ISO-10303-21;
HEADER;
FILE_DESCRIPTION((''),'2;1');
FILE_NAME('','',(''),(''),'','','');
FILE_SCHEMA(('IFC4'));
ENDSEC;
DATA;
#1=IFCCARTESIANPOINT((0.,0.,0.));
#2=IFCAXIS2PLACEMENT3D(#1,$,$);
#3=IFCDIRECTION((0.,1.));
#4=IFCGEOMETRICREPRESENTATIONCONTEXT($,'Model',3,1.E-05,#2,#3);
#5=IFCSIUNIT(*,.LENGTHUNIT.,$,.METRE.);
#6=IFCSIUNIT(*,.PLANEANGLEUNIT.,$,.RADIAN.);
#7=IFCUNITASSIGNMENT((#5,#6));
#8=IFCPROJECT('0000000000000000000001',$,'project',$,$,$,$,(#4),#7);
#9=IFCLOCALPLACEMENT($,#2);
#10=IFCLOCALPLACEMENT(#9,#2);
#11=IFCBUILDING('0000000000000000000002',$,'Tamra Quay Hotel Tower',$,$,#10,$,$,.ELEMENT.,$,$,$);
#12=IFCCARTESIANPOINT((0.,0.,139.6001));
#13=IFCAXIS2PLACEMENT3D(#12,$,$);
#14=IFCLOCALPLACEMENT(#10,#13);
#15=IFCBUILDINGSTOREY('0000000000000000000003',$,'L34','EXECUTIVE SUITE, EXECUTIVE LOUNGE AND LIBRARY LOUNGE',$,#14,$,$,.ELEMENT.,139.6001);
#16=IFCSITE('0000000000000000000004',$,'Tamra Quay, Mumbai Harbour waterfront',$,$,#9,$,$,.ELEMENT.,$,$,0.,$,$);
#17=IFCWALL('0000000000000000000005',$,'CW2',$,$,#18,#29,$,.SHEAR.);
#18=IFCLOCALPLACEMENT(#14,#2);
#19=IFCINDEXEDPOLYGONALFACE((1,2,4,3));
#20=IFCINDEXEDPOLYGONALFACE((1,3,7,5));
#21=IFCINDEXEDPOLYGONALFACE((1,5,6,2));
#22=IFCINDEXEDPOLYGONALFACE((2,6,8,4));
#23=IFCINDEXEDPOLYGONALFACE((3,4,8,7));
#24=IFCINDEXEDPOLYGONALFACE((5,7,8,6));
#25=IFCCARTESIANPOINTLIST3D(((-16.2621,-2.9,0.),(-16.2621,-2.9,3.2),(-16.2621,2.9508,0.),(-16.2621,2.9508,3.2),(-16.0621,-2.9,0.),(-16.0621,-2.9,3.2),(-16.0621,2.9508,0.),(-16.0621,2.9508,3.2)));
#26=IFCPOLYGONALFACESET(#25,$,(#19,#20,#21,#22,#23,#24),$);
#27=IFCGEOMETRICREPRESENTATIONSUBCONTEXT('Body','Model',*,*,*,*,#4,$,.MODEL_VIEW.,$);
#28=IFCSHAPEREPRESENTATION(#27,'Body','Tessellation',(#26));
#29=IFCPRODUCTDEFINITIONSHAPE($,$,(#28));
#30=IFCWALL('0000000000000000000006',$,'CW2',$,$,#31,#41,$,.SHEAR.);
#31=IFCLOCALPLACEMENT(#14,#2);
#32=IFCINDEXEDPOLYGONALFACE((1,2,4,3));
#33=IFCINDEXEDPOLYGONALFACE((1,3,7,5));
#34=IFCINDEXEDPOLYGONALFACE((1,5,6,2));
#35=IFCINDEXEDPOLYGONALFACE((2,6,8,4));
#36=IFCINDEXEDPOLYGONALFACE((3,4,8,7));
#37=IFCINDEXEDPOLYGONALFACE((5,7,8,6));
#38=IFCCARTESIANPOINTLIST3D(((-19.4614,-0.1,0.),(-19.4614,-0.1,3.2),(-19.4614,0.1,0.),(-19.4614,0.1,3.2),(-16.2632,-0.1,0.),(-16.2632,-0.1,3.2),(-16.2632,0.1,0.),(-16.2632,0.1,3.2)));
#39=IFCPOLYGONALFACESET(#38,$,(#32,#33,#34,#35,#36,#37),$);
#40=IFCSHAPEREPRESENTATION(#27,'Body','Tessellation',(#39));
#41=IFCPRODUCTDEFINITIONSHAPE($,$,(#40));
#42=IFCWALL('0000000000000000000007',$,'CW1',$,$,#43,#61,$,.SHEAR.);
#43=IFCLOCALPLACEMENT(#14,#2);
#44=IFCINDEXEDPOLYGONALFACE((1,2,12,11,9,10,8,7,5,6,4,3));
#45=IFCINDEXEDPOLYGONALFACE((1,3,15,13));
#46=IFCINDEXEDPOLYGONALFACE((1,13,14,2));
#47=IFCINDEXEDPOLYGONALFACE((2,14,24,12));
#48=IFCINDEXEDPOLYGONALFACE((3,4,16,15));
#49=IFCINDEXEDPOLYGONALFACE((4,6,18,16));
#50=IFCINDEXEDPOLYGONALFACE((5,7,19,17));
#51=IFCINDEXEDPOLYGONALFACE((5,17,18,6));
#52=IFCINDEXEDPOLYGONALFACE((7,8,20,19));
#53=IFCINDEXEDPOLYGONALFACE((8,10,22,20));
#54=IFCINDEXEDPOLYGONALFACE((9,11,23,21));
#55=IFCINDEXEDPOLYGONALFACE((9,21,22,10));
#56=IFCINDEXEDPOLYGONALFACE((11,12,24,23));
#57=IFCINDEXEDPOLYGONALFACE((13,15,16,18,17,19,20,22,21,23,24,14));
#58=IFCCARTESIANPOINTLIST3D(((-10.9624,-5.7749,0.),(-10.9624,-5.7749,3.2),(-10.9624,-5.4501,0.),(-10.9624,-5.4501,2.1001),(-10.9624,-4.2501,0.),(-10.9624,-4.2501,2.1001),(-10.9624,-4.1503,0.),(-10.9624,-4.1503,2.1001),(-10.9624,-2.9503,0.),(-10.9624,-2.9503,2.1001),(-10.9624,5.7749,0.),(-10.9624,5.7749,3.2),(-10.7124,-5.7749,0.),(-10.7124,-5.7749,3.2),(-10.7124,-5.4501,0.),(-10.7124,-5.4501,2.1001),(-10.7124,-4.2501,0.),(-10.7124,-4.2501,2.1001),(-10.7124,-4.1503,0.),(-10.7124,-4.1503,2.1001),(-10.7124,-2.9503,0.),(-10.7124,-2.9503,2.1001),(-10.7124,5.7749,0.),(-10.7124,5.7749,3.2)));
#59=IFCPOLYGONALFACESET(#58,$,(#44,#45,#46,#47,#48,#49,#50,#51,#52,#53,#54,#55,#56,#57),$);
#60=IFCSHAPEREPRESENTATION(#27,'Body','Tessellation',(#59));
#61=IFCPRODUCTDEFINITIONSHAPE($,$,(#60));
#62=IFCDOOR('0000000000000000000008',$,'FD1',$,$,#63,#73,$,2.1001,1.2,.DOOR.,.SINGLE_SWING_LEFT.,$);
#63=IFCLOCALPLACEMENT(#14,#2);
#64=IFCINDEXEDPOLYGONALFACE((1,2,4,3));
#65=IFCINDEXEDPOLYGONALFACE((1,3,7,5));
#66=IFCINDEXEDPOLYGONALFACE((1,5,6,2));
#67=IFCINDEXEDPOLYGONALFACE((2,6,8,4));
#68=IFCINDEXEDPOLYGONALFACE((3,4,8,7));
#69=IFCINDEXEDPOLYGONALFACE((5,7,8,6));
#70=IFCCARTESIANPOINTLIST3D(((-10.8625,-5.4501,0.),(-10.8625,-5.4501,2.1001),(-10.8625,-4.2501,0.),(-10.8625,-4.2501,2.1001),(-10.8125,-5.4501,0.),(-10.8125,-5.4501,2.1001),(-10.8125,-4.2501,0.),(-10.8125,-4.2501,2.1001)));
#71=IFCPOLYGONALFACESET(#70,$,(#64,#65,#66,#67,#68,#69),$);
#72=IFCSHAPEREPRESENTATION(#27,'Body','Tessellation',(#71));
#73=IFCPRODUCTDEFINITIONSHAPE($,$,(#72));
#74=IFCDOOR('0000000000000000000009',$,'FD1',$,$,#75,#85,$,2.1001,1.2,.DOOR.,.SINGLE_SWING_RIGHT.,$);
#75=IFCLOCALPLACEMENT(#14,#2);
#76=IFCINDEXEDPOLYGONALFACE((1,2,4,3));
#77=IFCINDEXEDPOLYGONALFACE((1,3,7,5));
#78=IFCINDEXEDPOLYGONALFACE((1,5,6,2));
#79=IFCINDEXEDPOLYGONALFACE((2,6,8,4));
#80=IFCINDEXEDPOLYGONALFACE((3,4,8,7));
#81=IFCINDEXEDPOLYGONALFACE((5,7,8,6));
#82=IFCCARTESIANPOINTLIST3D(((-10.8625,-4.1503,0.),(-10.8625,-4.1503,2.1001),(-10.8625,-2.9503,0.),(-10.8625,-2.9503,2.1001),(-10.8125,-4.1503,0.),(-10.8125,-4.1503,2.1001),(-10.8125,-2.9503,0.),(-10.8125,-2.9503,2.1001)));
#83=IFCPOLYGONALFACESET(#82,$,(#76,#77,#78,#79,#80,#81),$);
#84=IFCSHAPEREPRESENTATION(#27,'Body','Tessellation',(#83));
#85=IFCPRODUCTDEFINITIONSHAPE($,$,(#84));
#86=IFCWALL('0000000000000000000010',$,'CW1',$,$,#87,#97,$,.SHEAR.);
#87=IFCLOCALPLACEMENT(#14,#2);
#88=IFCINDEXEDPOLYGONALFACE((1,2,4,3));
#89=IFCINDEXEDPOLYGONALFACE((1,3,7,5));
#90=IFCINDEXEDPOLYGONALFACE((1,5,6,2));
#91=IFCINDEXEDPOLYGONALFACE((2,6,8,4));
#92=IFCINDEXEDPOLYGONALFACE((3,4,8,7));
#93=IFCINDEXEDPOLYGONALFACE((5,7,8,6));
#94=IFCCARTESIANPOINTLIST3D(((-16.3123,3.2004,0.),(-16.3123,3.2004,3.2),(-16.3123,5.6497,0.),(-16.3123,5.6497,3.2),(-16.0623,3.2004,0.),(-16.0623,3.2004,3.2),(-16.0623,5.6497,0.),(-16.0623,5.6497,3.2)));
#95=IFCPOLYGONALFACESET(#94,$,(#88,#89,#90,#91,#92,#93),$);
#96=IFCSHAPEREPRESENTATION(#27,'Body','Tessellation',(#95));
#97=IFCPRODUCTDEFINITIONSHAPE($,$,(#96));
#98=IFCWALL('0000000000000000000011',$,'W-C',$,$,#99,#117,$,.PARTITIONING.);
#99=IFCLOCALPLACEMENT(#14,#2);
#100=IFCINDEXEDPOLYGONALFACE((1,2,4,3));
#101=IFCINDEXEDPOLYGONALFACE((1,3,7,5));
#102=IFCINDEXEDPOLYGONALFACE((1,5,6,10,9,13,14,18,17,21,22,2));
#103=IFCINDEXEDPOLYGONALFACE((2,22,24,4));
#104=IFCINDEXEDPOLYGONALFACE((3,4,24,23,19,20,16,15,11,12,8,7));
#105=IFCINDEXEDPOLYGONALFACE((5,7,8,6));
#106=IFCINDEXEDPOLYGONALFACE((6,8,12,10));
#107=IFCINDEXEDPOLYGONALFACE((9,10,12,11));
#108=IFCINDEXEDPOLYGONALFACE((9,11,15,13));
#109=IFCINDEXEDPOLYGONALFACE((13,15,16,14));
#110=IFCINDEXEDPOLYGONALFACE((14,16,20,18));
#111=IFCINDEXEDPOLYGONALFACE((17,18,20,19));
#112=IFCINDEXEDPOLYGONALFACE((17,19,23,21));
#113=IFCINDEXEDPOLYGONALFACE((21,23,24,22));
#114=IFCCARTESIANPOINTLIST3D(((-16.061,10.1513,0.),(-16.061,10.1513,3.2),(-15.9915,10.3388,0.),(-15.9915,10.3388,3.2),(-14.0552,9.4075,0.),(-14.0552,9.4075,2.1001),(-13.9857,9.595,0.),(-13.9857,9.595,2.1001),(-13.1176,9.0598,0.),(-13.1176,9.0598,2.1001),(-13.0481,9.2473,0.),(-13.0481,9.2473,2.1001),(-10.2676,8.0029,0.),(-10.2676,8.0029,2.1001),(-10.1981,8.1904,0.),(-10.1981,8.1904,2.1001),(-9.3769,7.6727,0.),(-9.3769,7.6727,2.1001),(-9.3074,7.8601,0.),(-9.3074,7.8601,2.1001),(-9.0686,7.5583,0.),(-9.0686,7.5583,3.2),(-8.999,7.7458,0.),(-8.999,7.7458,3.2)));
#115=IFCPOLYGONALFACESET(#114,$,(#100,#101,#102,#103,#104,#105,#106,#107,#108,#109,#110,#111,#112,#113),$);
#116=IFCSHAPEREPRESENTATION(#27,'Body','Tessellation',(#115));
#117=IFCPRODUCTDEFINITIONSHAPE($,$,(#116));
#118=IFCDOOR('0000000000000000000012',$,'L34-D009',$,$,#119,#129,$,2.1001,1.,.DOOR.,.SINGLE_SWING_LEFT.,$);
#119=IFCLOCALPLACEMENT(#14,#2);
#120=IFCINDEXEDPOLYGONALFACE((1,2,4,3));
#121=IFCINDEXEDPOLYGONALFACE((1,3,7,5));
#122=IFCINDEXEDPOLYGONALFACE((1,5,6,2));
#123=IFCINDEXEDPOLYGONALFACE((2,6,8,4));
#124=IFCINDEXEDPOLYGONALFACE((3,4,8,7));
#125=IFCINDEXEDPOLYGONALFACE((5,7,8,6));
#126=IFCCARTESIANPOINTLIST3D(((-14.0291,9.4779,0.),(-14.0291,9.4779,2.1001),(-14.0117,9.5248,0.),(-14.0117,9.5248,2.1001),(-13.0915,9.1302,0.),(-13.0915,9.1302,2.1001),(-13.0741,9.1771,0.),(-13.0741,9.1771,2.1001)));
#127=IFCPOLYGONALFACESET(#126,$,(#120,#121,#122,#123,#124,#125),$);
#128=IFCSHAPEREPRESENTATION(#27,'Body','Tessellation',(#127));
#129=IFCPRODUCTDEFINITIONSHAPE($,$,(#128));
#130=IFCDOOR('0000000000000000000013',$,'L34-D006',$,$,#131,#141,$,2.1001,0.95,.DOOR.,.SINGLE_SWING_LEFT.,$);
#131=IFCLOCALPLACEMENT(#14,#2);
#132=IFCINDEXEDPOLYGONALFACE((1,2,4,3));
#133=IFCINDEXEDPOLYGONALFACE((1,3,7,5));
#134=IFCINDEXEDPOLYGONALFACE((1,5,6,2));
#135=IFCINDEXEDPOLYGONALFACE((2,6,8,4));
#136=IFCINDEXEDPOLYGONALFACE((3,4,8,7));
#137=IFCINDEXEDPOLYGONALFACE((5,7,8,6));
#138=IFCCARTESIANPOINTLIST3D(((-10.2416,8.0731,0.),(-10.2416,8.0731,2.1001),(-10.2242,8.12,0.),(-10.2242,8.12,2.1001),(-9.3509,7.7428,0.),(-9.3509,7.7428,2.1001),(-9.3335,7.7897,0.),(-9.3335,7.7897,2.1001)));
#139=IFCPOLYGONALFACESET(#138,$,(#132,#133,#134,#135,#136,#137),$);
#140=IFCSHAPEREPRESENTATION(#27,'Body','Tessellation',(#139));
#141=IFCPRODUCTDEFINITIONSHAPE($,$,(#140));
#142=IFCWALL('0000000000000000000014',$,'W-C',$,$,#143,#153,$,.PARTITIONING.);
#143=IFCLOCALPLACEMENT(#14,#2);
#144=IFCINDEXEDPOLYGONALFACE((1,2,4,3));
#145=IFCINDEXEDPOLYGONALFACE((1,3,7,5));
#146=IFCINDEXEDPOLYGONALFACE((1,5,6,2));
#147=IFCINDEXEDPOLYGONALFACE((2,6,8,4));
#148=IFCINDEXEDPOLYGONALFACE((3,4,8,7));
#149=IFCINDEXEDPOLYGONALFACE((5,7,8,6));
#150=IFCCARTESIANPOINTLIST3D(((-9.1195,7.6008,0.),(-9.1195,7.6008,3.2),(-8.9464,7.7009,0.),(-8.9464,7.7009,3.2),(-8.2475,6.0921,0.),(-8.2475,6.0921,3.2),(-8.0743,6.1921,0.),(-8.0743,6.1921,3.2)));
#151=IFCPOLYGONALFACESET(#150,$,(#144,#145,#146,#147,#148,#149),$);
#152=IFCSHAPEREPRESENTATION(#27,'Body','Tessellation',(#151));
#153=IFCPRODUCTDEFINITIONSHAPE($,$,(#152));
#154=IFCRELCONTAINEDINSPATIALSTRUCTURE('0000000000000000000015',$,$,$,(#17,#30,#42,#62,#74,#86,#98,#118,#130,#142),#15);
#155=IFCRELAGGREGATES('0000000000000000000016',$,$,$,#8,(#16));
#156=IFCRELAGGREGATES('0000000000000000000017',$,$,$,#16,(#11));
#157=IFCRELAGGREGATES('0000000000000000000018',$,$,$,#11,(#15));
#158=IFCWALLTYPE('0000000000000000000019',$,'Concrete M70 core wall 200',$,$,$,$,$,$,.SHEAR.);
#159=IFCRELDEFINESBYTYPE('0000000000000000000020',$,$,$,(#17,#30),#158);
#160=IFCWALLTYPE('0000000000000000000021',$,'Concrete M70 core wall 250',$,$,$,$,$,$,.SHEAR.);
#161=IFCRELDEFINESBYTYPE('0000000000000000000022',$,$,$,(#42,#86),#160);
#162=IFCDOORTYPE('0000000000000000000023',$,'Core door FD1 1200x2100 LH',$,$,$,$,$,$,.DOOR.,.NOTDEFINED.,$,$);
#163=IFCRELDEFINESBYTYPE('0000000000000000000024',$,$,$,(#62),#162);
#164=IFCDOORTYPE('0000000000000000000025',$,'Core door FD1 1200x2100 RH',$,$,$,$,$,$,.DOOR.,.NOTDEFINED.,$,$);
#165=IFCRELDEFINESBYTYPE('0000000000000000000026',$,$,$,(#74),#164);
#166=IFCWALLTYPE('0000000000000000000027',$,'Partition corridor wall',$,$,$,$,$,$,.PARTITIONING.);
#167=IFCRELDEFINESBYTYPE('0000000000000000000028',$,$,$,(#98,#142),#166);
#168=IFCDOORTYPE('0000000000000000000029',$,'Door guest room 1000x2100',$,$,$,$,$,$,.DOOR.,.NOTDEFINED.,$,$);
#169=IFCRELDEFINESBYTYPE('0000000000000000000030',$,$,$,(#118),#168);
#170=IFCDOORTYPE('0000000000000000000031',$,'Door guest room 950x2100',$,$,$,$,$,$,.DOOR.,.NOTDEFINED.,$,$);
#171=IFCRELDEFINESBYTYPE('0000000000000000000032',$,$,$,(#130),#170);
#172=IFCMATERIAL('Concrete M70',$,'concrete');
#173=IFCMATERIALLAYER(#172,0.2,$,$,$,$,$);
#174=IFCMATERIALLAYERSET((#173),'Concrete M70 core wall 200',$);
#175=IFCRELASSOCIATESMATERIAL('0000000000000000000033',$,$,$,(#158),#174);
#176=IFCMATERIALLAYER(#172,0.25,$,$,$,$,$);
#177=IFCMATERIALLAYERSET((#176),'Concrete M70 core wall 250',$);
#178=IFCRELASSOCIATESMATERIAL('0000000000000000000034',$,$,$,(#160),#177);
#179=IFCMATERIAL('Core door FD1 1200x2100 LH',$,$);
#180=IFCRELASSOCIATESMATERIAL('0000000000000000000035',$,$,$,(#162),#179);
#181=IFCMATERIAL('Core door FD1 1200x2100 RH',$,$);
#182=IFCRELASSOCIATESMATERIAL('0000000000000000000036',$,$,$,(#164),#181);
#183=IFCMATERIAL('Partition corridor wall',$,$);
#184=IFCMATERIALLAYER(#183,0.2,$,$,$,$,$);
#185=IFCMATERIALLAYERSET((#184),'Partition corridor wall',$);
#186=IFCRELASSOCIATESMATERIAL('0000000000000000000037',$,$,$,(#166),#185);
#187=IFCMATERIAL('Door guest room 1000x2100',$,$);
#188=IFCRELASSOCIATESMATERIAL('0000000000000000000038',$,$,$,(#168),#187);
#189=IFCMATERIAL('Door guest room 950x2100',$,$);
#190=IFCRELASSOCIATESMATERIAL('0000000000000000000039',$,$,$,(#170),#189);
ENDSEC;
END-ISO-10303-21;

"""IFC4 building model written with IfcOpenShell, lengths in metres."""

from ifc_helpers import new_model, si_unit, direction, frame, frame_2d, origin, place, context, subcontext, project, spatial, rectangle, extrude, material, layer, layer_set, type_object, element, fill, save


model = new_model("IFC4")

# Units and contexts
model_context = context("Model", 3, precision=1e-05, world=origin(), true_north=direction((0.0, 1.0)))
body_context = subcontext(model_context, "Body", "Model", "MODEL_VIEW")
ifc_project = project(units=[si_unit("LENGTHUNIT", "METRE"), si_unit("PLANEANGLEUNIT", "RADIAN")], contexts=[model_context])

# Site, building, storey
site_placement = place(None, origin())
site = spatial("IfcSite", under=ifc_project, at=site_placement, Name="Tamra Quay, Mumbai Harbour waterfront", CompositionType="ELEMENT", RefElevation=0.0)
building_placement = place(site_placement, origin())
building = spatial("IfcBuilding", under=site, at=building_placement, Name="Tamra Quay Hotel Tower", CompositionType="ELEMENT")
storey_placement = place(building_placement, frame((0.0, 0.0, 139.6001)))
storey = spatial("IfcBuildingStorey", under=building, at=storey_placement, Name="L34", Description="EXECUTIVE SUITE, EXECUTIVE LOUNGE AND LIBRARY LOUNGE", CompositionType="ELEMENT", Elevation=139.6001)

# Walls
ifc_material_1 = material(Name="Concrete M70", Category="concrete")
ifc_layer_1 = layer(ifc_material_1, 0.2)
ifc_layer_set_1 = layer_set([ifc_layer_1], Name="Concrete M70 core wall 200")
wall_type_1 = type_object("IfcWallType", Name="Concrete M70 core wall 200", PredefinedType="SHEAR", material=ifc_layer_set_1)
wall_1_placement = place(storey_placement, frame((-16.1621, 2.9507, 0.0), z_axis=(0.0, 0.0, 1.0), x_axis=(0.0, -1.0, 0.0)))
element("IfcWall", 1, at=wall_1_placement, inside=storey, type_object=wall_type_1, Name="CW2", PredefinedType="SHEAR", context=body_context, shape_type="SweptSolid", body=[
    extrude(rectangle(XDim=5.8508, YDim=0.2, at=frame_2d((2.9253, 0.0))), origin(), (0.0, 0.0, 1.0), 3.2),
])
wall_2_placement = place(storey_placement, frame((-16.2632, 0.0, 0.0), z_axis=(0.0, 0.0, 1.0), x_axis=(-1.0, 0.0, 0.0)))
element("IfcWall", 2, at=wall_2_placement, inside=storey, type_object=wall_type_1, Name="CW2", PredefinedType="SHEAR", context=body_context, shape_type="SweptSolid", body=[
    extrude(rectangle(XDim=3.1982, YDim=0.2, at=frame_2d((1.5991, 0.0))), origin(), (0.0, 0.0, 1.0), 3.2),
])

# Wall, openings, doors
ifc_layer_2 = layer(ifc_material_1, 0.25)
ifc_layer_set_2 = layer_set([ifc_layer_2], Name="Concrete M70 core wall 250")
wall_type_2 = type_object("IfcWallType", Name="Concrete M70 core wall 250", PredefinedType="SHEAR", material=ifc_layer_set_2)
wall_3_placement = place(storey_placement, frame((-10.8374, 5.7749, 0.0), z_axis=(0.0, 0.0, 1.0), x_axis=(0.0, -1.0, 0.0)))
wall_3 = element("IfcWall", 3, at=wall_3_placement, inside=storey, type_object=wall_type_2, Name="CW1", PredefinedType="SHEAR", context=body_context, shape_type="SweptSolid", body=[
    extrude(rectangle(XDim=11.5498, YDim=0.25, at=frame_2d((5.7749, 0.0))), origin(), (0.0, 0.0, 1.0), 3.2),
])
opening_1_placement = place(wall_3_placement, frame((10.0249, 0.0, 0.0)))
opening_1 = element("IfcOpeningElement", 4, at=opening_1_placement, cuts=wall_3, PredefinedType="OPENING", context=body_context, shape_type="SweptSolid", body=[
    extrude(rectangle(XDim=1.2, YDim=2.1001, at=frame_2d((0.6001, 1.05))), frame((0.0, 0.135, 0.0), z_axis=(0.0, -1.0, 0.0), x_axis=(1.0, 0.0, 0.0)), (0.0, 0.0, 1.0), 0.27),
])
opening_2_placement = place(wall_3_placement, frame((8.7251, 0.0, 0.0)))
opening_2 = element("IfcOpeningElement", 5, at=opening_2_placement, cuts=wall_3, PredefinedType="OPENING", context=body_context, shape_type="SweptSolid", body=[
    extrude(rectangle(XDim=1.2, YDim=2.1001, at=frame_2d((0.6001, 1.05))), frame((0.0, 0.135, 0.0), z_axis=(0.0, -1.0, 0.0), x_axis=(1.0, 0.0, 0.0)), (0.0, 0.0, 1.0), 0.27),
])
ifc_material_2 = material(Name="Core door FD1 1200x2100 LH")
door_type_1 = type_object("IfcDoorType", Name="Core door FD1 1200x2100 LH", OperationType="NOTDEFINED", PredefinedType="DOOR", material=ifc_material_2)
door_1_placement = place(opening_1_placement, origin())
door_1 = element("IfcDoor", 6, at=door_1_placement, inside=storey, type_object=door_type_1, Name="FD1", OperationType="SINGLE_SWING_LEFT", OverallHeight=2.1001, OverallWidth=1.2, PredefinedType="DOOR", context=body_context, shape_type="SweptSolid", body=[
    extrude(rectangle(XDim=1.2, YDim=2.1001, at=frame_2d((0.6001, 1.05))), frame((0.0, 0.0249, 0.0), z_axis=(0.0, -1.0, 0.0), x_axis=(1.0, 0.0, 0.0)), (0.0, 0.0, 1.0), 0.05),
])
fill(opening_1, door_1)
ifc_material_3 = material(Name="Core door FD1 1200x2100 RH")
door_type_2 = type_object("IfcDoorType", Name="Core door FD1 1200x2100 RH", OperationType="NOTDEFINED", PredefinedType="DOOR", material=ifc_material_3)
door_2_placement = place(opening_2_placement, origin())
door_2 = element("IfcDoor", 7, at=door_2_placement, inside=storey, type_object=door_type_2, Name="FD1", OperationType="SINGLE_SWING_RIGHT", OverallHeight=2.1001, OverallWidth=1.2, PredefinedType="DOOR", context=body_context, shape_type="SweptSolid", body=[
    extrude(rectangle(XDim=1.2, YDim=2.1001, at=frame_2d((0.6001, 1.05))), frame((0.0, 0.0249, 0.0), z_axis=(0.0, -1.0, 0.0), x_axis=(1.0, 0.0, 0.0)), (0.0, 0.0, 1.0), 0.05),
])
fill(opening_2, door_2)

# Wall
wall_4_placement = place(storey_placement, frame((-16.1873, 3.2004, 0.0), z_axis=(0.0, 0.0, 1.0), x_axis=(0.0, 1.0, 0.0)))
element("IfcWall", 8, at=wall_4_placement, inside=storey, type_object=wall_type_2, Name="CW1", PredefinedType="SHEAR", context=body_context, shape_type="SweptSolid", body=[
    extrude(rectangle(XDim=2.4492, YDim=0.25, at=frame_2d((1.2246, 0.0))), origin(), (0.0, 0.0, 1.0), 3.2),
])

# Wall, openings, doors
ifc_material_4 = material(Name="Partition corridor wall")
ifc_layer_3 = layer(ifc_material_4, 0.2)
ifc_layer_set_3 = layer_set([ifc_layer_3], Name="Partition corridor wall")
wall_type_3 = type_object("IfcWallType", Name="Partition corridor wall", PredefinedType="PARTITIONING", material=ifc_layer_set_3)
wall_5_placement = place(storey_placement, frame((-16.0264, 10.2451, 0.0), z_axis=(0.0, 0.0, 1.0), x_axis=(0.937608, -0.347695, 0.0)))
wall_5 = element("IfcWall", 9, at=wall_5_placement, inside=storey, type_object=wall_type_3, Name="W-C", PredefinedType="PARTITIONING", context=body_context, shape_type="SweptSolid", body=[
    extrude(rectangle(XDim=7.4578, YDim=0.2, at=frame_2d((3.729, 0.0))), origin(), (0.0, 0.0, 1.0), 3.2),
])
opening_3_placement = place(wall_5_placement, frame((6.179, 0.0, 0.0)))
opening_3 = element("IfcOpeningElement", 10, at=opening_3_placement, cuts=wall_5, PredefinedType="OPENING", context=body_context, shape_type="SweptSolid", body=[
    extrude(rectangle(XDim=0.95, YDim=2.1001, at=frame_2d((0.4751, 1.05))), frame((0.0, 0.1099, 0.0), z_axis=(0.0, -1.0, 0.0), x_axis=(1.0, 0.0, 0.0)), (0.0, 0.0, 1.0), 0.22),
])
opening_4_placement = place(wall_5_placement, frame((2.1394, 0.0, 0.0)))
opening_4 = element("IfcOpeningElement", 11, at=opening_4_placement, cuts=wall_5, PredefinedType="OPENING", context=body_context, shape_type="SweptSolid", body=[
    extrude(rectangle(XDim=1.0, YDim=2.1001, at=frame_2d((0.5, 1.05))), frame((0.0, 0.1099, 0.0), z_axis=(0.0, -1.0, 0.0), x_axis=(1.0, 0.0, 0.0)), (0.0, 0.0, 1.0), 0.22),
])
ifc_material_5 = material(Name="Door guest room 1000x2100")
door_type_3 = type_object("IfcDoorType", Name="Door guest room 1000x2100", OperationType="NOTDEFINED", PredefinedType="DOOR", material=ifc_material_5)
door_3_placement = place(opening_4_placement, frame((1.0, 0.0, 0.0), z_axis=(0.0, 0.0, 1.0), x_axis=(-1.0, 0.0, 0.0)))
door_3 = element("IfcDoor", 12, at=door_3_placement, inside=storey, type_object=door_type_3, Name="L34-D009", OperationType="SINGLE_SWING_LEFT", OverallHeight=2.1001, OverallWidth=1.0, PredefinedType="DOOR", context=body_context, shape_type="SweptSolid", body=[
    extrude(rectangle(XDim=1.0, YDim=2.1001, at=frame_2d((0.5, 1.05))), frame((0.0, 0.0249, 0.0), z_axis=(0.0, -1.0, 0.0), x_axis=(1.0, 0.0, 0.0)), (0.0, 0.0, 1.0), 0.05),
])
fill(opening_4, door_3)
ifc_material_6 = material(Name="Door guest room 950x2100")
door_type_4 = type_object("IfcDoorType", Name="Door guest room 950x2100", OperationType="NOTDEFINED", PredefinedType="DOOR", material=ifc_material_6)
door_4_placement = place(opening_3_placement, origin())
door_4 = element("IfcDoor", 13, at=door_4_placement, inside=storey, type_object=door_type_4, Name="L34-D006", OperationType="SINGLE_SWING_LEFT", OverallHeight=2.1001, OverallWidth=0.95, PredefinedType="DOOR", context=body_context, shape_type="SweptSolid", body=[
    extrude(rectangle(XDim=0.95, YDim=2.1001, at=frame_2d((0.4751, 1.05))), frame((0.0, 0.0249, 0.0), z_axis=(0.0, -1.0, 0.0), x_axis=(1.0, 0.0, 0.0)), (0.0, 0.0, 1.0), 0.05),
])
fill(opening_3, door_4)

# Wall
wall_6_placement = place(storey_placement, frame((-9.033, 7.6509, 0.0), z_axis=(0.0, 0.0, 1.0), x_axis=(0.500418, -0.865784, 0.0)))
element("IfcWall", 14, at=wall_6_placement, inside=storey, type_object=wall_type_3, Name="W-C", PredefinedType="PARTITIONING", context=body_context, shape_type="SweptSolid", body=[
    extrude(rectangle(XDim=1.7427, YDim=0.2, at=frame_2d((0.8713, 0.0))), origin(), (0.0, 0.0, 1.0), 3.2),
])

save(model, "model.ifc")
